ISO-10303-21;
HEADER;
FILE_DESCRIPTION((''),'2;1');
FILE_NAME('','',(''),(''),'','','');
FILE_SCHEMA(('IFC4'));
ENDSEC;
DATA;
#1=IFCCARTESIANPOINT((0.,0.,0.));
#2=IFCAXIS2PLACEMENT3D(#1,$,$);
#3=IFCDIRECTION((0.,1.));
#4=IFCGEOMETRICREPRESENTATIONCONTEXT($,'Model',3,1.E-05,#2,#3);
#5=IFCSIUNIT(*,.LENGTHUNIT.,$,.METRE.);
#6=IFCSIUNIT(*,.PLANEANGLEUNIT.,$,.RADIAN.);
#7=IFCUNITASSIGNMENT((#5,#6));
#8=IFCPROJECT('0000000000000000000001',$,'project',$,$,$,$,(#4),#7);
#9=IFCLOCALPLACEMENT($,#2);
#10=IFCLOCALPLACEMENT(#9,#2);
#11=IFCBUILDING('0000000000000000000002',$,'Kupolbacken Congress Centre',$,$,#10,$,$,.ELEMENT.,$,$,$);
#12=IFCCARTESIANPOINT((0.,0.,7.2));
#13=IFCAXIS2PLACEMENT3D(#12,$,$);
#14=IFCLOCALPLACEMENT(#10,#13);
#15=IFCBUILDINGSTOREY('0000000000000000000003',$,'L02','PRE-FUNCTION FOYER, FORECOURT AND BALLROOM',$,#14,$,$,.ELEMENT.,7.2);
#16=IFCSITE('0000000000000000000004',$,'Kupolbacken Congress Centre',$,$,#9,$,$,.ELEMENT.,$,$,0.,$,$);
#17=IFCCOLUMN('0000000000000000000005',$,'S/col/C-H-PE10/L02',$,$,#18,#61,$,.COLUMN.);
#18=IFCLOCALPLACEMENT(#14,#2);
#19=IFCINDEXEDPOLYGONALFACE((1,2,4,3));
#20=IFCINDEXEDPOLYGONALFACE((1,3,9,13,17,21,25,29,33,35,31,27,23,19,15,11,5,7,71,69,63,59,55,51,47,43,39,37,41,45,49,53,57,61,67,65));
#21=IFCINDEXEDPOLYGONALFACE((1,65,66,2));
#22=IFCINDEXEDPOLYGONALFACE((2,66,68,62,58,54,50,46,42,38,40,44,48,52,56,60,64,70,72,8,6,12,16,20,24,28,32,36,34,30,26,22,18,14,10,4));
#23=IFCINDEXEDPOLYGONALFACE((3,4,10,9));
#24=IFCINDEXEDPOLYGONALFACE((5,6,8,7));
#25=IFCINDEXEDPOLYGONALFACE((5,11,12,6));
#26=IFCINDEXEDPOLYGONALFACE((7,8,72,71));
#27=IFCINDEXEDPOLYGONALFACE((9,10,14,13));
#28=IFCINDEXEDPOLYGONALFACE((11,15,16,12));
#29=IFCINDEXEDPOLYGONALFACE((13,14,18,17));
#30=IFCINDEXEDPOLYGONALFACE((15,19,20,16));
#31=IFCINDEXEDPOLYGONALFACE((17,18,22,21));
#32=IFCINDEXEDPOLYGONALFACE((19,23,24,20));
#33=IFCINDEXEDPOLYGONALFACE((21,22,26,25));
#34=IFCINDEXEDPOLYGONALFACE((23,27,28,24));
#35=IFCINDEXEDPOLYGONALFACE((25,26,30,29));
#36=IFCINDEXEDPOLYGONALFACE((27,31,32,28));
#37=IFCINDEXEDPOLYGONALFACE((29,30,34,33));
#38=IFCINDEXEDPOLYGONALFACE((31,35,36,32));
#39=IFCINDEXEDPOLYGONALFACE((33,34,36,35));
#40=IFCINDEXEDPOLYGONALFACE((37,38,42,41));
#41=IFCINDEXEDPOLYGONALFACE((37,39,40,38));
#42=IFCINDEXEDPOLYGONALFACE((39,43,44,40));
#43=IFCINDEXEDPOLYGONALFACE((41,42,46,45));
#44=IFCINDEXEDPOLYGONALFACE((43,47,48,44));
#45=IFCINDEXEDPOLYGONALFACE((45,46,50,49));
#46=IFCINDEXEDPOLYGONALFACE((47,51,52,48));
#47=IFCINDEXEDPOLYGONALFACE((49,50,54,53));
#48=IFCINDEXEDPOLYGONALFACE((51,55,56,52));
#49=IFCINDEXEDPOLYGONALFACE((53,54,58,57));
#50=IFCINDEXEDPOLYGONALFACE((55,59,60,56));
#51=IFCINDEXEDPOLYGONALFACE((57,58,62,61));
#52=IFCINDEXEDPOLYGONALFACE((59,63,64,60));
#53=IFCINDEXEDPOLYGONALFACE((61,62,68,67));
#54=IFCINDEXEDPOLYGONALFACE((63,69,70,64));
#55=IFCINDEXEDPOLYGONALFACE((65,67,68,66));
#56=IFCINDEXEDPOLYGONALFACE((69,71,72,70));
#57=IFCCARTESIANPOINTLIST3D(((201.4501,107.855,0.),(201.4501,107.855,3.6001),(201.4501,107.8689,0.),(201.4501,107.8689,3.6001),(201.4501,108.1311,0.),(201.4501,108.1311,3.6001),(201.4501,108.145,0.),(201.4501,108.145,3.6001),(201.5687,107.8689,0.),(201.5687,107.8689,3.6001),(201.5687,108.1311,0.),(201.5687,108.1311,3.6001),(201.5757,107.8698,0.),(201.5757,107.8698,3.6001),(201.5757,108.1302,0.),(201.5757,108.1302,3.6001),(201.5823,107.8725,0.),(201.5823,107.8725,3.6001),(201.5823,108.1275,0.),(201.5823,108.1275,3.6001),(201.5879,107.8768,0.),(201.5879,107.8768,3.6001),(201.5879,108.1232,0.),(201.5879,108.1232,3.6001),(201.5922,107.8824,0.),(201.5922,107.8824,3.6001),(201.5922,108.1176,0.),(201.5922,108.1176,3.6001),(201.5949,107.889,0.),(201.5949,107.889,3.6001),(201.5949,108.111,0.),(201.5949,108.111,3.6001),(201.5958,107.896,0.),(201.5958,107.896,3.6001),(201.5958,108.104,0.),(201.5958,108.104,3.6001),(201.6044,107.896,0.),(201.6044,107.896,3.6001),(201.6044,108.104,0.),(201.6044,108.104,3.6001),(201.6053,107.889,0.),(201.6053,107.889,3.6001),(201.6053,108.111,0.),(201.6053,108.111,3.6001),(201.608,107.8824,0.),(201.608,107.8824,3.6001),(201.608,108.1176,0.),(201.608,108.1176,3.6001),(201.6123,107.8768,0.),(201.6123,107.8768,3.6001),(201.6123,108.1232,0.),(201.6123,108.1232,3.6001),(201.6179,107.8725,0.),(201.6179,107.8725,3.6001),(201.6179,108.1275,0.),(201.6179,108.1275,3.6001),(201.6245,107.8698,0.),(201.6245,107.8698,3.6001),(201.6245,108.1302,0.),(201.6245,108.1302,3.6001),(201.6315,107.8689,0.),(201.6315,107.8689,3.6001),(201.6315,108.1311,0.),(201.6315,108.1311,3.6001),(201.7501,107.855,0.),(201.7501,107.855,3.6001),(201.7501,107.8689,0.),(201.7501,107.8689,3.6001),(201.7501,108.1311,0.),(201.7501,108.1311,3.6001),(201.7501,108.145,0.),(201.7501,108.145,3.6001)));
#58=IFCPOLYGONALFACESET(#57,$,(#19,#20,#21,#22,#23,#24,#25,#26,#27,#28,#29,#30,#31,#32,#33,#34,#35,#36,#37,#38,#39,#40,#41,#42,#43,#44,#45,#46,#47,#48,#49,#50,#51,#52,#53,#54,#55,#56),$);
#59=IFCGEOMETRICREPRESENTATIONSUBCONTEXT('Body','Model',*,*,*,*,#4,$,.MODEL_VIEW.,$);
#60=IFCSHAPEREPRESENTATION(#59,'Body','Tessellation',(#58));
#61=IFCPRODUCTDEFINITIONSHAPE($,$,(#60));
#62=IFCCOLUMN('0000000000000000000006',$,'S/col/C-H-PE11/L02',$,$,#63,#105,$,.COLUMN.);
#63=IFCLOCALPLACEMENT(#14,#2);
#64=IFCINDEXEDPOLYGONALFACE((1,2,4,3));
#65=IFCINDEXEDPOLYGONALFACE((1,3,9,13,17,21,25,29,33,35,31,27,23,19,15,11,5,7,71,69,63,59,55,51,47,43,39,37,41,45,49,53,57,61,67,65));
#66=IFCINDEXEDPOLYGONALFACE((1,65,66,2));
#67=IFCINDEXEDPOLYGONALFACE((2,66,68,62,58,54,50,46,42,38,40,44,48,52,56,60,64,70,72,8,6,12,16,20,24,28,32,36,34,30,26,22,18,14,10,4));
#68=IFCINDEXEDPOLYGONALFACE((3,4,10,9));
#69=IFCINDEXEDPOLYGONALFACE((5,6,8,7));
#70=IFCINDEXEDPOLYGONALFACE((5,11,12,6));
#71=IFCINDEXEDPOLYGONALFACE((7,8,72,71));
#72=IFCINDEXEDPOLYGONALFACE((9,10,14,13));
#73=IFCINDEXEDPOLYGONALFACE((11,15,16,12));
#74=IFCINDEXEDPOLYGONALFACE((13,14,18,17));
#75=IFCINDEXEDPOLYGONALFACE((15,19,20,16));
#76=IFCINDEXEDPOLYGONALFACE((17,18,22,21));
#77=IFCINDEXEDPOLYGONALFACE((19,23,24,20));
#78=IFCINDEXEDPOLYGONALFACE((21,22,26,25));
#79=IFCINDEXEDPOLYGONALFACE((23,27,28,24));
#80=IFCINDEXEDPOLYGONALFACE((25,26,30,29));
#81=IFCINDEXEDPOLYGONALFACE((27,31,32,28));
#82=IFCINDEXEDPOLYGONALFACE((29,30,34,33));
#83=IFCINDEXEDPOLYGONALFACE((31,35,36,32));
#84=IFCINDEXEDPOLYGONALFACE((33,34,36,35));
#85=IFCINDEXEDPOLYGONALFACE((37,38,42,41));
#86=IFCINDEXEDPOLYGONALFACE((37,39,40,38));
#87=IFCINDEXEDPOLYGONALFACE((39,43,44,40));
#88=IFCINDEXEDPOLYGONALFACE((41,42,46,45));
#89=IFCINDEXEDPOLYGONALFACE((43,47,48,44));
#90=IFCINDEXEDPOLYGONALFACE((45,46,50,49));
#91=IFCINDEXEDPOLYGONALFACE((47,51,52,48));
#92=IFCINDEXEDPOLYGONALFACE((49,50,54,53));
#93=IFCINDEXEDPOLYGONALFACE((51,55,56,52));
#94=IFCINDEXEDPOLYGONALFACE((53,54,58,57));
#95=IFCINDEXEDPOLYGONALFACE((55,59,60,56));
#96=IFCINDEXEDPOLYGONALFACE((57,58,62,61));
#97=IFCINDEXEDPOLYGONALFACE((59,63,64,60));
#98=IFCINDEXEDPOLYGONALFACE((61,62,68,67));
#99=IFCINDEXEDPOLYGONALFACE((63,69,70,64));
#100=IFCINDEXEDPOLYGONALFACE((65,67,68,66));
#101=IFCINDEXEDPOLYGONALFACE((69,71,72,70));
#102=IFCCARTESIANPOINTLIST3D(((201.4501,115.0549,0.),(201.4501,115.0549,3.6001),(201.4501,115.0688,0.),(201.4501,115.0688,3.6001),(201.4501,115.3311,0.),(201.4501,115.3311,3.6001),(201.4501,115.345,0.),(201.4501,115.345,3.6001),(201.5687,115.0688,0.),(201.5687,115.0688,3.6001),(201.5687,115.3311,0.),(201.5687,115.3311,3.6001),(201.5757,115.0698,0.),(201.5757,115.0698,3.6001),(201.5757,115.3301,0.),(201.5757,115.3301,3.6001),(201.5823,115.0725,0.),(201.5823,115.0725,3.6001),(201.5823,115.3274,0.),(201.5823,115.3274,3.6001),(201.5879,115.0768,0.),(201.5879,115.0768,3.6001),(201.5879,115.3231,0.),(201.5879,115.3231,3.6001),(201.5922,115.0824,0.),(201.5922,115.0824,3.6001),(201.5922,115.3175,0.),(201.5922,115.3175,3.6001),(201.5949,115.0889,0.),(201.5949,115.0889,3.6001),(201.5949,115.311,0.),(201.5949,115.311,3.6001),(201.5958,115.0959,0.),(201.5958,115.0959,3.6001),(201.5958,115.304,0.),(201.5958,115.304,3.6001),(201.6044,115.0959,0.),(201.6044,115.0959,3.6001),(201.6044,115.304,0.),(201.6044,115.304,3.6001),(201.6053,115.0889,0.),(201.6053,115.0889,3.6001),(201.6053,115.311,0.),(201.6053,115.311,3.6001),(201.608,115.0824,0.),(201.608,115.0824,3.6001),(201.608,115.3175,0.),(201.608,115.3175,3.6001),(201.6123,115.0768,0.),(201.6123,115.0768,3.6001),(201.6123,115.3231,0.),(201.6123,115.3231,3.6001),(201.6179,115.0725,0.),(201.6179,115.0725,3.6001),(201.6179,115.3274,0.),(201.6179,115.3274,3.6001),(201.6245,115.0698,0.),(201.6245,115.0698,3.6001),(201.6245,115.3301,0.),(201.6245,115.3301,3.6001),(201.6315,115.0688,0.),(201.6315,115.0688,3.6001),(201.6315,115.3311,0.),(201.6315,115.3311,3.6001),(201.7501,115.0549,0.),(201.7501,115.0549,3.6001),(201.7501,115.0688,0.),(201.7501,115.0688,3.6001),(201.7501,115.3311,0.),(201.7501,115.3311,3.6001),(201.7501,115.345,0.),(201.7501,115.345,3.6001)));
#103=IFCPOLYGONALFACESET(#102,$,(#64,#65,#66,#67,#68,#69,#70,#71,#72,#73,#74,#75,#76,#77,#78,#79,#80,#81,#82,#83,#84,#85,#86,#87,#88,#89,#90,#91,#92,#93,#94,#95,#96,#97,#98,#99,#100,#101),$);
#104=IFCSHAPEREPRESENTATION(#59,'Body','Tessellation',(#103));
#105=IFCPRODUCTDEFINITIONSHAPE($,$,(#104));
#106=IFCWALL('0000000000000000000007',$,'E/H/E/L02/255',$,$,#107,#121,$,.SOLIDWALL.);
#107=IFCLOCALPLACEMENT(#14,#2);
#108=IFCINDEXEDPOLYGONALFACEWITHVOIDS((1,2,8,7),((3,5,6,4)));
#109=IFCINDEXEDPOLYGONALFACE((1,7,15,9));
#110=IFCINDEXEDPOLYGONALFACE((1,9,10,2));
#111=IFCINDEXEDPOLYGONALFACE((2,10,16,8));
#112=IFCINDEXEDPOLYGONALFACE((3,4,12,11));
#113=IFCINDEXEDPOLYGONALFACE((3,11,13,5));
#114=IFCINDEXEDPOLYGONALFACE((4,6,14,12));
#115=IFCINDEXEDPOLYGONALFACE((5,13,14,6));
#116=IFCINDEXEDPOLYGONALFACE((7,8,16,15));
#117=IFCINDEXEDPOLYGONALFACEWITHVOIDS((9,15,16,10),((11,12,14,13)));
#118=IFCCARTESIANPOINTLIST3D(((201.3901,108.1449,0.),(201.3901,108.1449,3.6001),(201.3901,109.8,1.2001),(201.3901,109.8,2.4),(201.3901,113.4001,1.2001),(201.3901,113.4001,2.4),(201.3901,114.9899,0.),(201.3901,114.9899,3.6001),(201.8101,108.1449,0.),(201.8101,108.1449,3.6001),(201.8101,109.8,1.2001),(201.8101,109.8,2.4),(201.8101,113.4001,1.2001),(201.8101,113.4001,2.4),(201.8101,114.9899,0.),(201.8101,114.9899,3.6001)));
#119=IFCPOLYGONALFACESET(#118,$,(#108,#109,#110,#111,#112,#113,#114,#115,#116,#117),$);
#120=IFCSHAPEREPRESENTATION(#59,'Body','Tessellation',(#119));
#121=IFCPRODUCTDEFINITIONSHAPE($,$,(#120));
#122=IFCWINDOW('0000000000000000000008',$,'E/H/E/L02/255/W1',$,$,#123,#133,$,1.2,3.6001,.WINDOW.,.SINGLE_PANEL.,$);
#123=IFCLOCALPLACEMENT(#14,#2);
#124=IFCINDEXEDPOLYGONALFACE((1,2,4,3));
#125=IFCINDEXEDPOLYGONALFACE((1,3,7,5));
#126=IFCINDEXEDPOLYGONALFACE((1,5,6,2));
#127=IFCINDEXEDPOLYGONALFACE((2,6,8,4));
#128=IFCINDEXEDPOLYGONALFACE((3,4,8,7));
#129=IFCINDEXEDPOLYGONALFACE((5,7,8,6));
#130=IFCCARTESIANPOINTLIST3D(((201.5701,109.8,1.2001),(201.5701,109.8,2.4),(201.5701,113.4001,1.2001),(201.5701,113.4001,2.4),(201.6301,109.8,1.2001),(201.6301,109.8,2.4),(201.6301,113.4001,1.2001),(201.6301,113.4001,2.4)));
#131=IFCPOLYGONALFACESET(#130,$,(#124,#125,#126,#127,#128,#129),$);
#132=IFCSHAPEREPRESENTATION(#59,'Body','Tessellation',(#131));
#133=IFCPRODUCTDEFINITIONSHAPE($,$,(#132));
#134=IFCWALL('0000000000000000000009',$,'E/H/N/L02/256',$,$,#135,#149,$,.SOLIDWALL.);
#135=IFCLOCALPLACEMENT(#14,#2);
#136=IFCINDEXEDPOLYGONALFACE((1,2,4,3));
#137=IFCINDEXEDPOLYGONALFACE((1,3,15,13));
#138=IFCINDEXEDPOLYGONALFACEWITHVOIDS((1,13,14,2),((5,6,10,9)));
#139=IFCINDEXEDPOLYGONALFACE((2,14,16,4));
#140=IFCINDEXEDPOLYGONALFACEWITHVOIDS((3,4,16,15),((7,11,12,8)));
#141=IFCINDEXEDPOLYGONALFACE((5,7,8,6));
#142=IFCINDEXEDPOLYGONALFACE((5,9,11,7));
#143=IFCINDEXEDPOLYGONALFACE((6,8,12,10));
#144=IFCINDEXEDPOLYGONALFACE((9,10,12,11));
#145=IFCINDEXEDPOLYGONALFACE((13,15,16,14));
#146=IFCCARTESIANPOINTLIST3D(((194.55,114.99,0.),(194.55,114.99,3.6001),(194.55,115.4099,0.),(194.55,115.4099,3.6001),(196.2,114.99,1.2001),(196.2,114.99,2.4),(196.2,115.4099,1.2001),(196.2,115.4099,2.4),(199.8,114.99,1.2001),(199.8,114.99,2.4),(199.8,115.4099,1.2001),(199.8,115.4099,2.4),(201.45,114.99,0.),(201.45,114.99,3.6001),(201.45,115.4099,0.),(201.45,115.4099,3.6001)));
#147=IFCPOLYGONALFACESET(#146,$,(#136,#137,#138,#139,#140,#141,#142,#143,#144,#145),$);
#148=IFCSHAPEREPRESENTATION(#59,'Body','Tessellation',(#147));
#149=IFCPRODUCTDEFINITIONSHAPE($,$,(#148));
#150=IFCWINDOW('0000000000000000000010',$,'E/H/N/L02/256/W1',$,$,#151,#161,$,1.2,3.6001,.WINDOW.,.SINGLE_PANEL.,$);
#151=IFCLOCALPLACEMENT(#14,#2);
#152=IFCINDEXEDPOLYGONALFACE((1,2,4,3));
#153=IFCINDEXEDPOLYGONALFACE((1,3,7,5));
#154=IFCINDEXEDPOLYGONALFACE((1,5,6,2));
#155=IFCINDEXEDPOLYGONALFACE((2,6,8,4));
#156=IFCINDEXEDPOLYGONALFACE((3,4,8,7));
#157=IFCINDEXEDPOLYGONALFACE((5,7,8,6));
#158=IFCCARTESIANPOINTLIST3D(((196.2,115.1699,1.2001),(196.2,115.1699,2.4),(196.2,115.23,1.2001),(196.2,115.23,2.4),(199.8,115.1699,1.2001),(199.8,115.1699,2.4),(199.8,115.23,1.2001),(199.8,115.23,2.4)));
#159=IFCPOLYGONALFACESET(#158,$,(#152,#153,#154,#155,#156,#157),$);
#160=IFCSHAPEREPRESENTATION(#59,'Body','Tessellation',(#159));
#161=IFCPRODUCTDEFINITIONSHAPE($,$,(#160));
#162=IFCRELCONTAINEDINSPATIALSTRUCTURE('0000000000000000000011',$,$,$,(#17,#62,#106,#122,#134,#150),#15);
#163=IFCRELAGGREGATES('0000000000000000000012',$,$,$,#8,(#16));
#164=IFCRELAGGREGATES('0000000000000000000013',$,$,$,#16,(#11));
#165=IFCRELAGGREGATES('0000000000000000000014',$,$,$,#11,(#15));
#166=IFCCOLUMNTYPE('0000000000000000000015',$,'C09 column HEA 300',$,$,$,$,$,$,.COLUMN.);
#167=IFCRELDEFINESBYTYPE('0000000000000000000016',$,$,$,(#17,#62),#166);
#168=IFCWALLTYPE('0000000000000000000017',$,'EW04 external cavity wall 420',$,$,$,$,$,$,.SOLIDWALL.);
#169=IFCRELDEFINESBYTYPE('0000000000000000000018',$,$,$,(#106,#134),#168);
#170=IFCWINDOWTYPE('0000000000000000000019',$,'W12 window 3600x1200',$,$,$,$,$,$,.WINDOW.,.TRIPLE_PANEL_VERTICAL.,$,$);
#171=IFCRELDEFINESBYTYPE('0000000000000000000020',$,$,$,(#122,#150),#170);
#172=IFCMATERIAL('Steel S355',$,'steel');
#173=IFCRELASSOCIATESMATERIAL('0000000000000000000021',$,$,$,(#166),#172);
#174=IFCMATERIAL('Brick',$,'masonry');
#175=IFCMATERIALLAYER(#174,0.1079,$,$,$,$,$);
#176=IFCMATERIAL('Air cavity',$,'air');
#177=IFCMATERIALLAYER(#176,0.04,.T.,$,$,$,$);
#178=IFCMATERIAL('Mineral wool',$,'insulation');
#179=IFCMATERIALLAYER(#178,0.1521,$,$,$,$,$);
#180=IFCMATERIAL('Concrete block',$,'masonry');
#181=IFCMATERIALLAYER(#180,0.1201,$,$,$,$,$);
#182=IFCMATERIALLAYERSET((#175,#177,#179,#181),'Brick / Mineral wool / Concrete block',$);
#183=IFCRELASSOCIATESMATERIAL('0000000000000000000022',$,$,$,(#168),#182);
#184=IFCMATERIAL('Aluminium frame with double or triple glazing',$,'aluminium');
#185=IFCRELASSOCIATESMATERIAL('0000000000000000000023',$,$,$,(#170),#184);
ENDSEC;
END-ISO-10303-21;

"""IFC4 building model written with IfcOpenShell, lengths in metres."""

from ifc_helpers import new_model, si_unit, direction, frame, frame_2d, origin, origin_2d, place, context, subcontext, project, spatial, rectangle, i_section, extrude, material, layer, layer_set, material_profile, profile_set, type_object, element, fill, save


model = new_model("IFC4")

# Units and contexts
model_context = context("Model", 3, precision=1e-05, world=origin(), true_north=direction((0.0, 1.0)))
body_context = subcontext(model_context, "Body", "Model", "MODEL_VIEW")
ifc_project = project(units=[si_unit("LENGTHUNIT", "METRE"), si_unit("PLANEANGLEUNIT", "RADIAN")], contexts=[model_context])

# Site, building, storey
site_placement = place(None, origin())
site = spatial("IfcSite", under=ifc_project, at=site_placement, Name="Kupolbacken Congress Centre", CompositionType="ELEMENT", RefElevation=0.0)
building_placement = place(site_placement, origin())
building = spatial("IfcBuilding", under=site, at=building_placement, Name="Kupolbacken Congress Centre", CompositionType="ELEMENT")
storey_placement = place(building_placement, frame((0.0, 0.0, 7.2)))
storey = spatial("IfcBuildingStorey", under=building, at=storey_placement, Name="L02", Description="PRE-FUNCTION FOYER, FORECOURT AND BALLROOM", CompositionType="ELEMENT", Elevation=7.2)

# Columns
ifc_material_1 = material(Name="Steel S355", Category="steel")
ifc_material_profile_1 = material_profile(ifc_material_1, i_section(OverallWidth=0.3, OverallDepth=0.29, WebThickness=0.0085, FlangeThickness=0.0139, FilletRadius=0.0271, at=origin_2d()), Name="HEA 300")
ifc_profile_set_1 = profile_set([ifc_material_profile_1], Name="Steel S355")
column_type_1 = type_object("IfcColumnType", Name="C09 column HEA 300", PredefinedType="COLUMN", material=ifc_profile_set_1)
for number, where, z_axis, x_axis, name in (
    (1, (201.6001, 108.0, 0.0), (0.0, 0.0, 1.0), (1.0, 0.0, 0.0), "S/col/C-H-PE10/L02"),
    (2, (201.6001, 115.2, 0.0), (0.0, 0.0, 1.0), (1.0, 0.0, 0.0), "S/col/C-H-PE11/L02"),
):
    element("IfcColumn", number, at=place(storey_placement, frame(where, z_axis=z_axis, x_axis=x_axis)), inside=storey, type_object=column_type_1, Name=name, PredefinedType="COLUMN", context=body_context, shape_type="SweptSolid", body=[
        extrude(i_section(OverallWidth=0.3, OverallDepth=0.29, WebThickness=0.0085, FlangeThickness=0.0139, FilletRadius=0.0271, at=origin_2d()), origin(), (0.0, 0.0, 1.0), 3.6001),
    ])

# Walls, openings, windows
ifc_material_2 = material(Name="Brick", Category="masonry")
ifc_layer_1 = layer(ifc_material_2, 0.1079)
ifc_material_3 = material(Name="Air cavity", Category="air")
ifc_layer_2 = layer(ifc_material_3, 0.04, ventilated=True)
ifc_material_4 = material(Name="Mineral wool", Category="insulation")
ifc_layer_3 = layer(ifc_material_4, 0.1521)
ifc_material_5 = material(Name="Concrete block", Category="masonry")
ifc_layer_4 = layer(ifc_material_5, 0.1201)
ifc_layer_set_1 = layer_set([ifc_layer_1, ifc_layer_2, ifc_layer_3, ifc_layer_4], Name="Brick / Mineral wool / Concrete block")
wall_type = type_object("IfcWallType", Name="EW04 external cavity wall 420", PredefinedType="SOLIDWALL", material=ifc_layer_set_1)
wall_1_placement = place(storey_placement, frame((201.6001, 108.145, 0.0), z_axis=(0.0, 0.0, 1.0), x_axis=(0.0, 1.0, 0.0)))
wall_1 = element("IfcWall", 3, at=wall_1_placement, inside=storey, type_object=wall_type, Name="E/H/E/L02/255", PredefinedType="SOLIDWALL", context=body_context, shape_type="SweptSolid", body=[
    extrude(rectangle(XDim=6.845, YDim=0.4199, at=frame_2d((3.4224, 0.0))), origin(), (0.0, 0.0, 1.0), 3.6001),
])
opening_1_placement = place(wall_1_placement, frame((1.655, 0.0, 1.2)))
opening_1 = element("IfcOpeningElement", 4, at=opening_1_placement, cuts=wall_1, PredefinedType="OPENING", context=body_context, shape_type="SweptSolid", body=[
    extrude(rectangle(XDim=3.6001, YDim=1.2, at=frame_2d((1.8, 0.6001))), frame((0.0, 0.22, 0.0), z_axis=(0.0, -1.0, 0.0), x_axis=(1.0, 0.0, 0.0)), (0.0, 0.0, 1.0), 0.4399),
])
ifc_material_6 = material(Name="Aluminium frame with double or triple glazing", Category="aluminium")
window_type = type_object("IfcWindowType", Name="W12 window 3600x1200", PartitioningType="TRIPLE_PANEL_VERTICAL", PredefinedType="WINDOW", material=ifc_material_6)
window_1_placement = place(opening_1_placement, origin())
window_1 = element("IfcWindow", 5, at=window_1_placement, inside=storey, type_object=window_type, Name="E/H/E/L02/255/W1", OverallHeight=1.2, OverallWidth=3.6001, PartitioningType="SINGLE_PANEL", PredefinedType="WINDOW", context=body_context, shape_type="SweptSolid", body=[
    extrude(rectangle(XDim=3.6001, YDim=1.2, at=frame_2d((1.8, 0.6001))), frame((0.0, 0.03, 0.0), z_axis=(0.0, -1.0, 0.0), x_axis=(1.0, 0.0, 0.0)), (0.0, 0.0, 1.0), 0.0601),
])
fill(opening_1, window_1)
wall_2_placement = place(storey_placement, frame((201.45, 115.2, 0.0), z_axis=(0.0, 0.0, 1.0), x_axis=(-1.0, 0.0, 0.0)))
wall_2 = element("IfcWall", 6, at=wall_2_placement, inside=storey, type_object=wall_type, Name="E/H/N/L02/256", PredefinedType="SOLIDWALL", context=body_context, shape_type="SweptSolid", body=[
    extrude(rectangle(XDim=6.8999, YDim=0.4199, at=frame_2d((3.45, 0.0))), origin(), (0.0, 0.0, 1.0), 3.6001),
])
opening_2_placement = place(wall_2_placement, frame((1.6499, 0.0, 1.2)))
opening_2 = element("IfcOpeningElement", 7, at=opening_2_placement, cuts=wall_2, PredefinedType="OPENING", context=body_context, shape_type="SweptSolid", body=[
    extrude(rectangle(XDim=3.6001, YDim=1.2, at=frame_2d((1.8, 0.6001))), frame((0.0, 0.22, 0.0), z_axis=(0.0, -1.0, 0.0), x_axis=(1.0, 0.0, 0.0)), (0.0, 0.0, 1.0), 0.4399),
])
window_2_placement = place(opening_2_placement, origin())
window_2 = element("IfcWindow", 8, at=window_2_placement, inside=storey, type_object=window_type, Name="E/H/N/L02/256/W1", OverallHeight=1.2, OverallWidth=3.6001, PartitioningType="SINGLE_PANEL", PredefinedType="WINDOW", context=body_context, shape_type="SweptSolid", body=[
    extrude(rectangle(XDim=3.6001, YDim=1.2, at=frame_2d((1.8, 0.6001))), frame((0.0, 0.03, 0.0), z_axis=(0.0, -1.0, 0.0), x_axis=(1.0, 0.0, 0.0)), (0.0, 0.0, 1.0), 0.0601),
])
fill(opening_2, window_2)

save(model, "model.ifc")
